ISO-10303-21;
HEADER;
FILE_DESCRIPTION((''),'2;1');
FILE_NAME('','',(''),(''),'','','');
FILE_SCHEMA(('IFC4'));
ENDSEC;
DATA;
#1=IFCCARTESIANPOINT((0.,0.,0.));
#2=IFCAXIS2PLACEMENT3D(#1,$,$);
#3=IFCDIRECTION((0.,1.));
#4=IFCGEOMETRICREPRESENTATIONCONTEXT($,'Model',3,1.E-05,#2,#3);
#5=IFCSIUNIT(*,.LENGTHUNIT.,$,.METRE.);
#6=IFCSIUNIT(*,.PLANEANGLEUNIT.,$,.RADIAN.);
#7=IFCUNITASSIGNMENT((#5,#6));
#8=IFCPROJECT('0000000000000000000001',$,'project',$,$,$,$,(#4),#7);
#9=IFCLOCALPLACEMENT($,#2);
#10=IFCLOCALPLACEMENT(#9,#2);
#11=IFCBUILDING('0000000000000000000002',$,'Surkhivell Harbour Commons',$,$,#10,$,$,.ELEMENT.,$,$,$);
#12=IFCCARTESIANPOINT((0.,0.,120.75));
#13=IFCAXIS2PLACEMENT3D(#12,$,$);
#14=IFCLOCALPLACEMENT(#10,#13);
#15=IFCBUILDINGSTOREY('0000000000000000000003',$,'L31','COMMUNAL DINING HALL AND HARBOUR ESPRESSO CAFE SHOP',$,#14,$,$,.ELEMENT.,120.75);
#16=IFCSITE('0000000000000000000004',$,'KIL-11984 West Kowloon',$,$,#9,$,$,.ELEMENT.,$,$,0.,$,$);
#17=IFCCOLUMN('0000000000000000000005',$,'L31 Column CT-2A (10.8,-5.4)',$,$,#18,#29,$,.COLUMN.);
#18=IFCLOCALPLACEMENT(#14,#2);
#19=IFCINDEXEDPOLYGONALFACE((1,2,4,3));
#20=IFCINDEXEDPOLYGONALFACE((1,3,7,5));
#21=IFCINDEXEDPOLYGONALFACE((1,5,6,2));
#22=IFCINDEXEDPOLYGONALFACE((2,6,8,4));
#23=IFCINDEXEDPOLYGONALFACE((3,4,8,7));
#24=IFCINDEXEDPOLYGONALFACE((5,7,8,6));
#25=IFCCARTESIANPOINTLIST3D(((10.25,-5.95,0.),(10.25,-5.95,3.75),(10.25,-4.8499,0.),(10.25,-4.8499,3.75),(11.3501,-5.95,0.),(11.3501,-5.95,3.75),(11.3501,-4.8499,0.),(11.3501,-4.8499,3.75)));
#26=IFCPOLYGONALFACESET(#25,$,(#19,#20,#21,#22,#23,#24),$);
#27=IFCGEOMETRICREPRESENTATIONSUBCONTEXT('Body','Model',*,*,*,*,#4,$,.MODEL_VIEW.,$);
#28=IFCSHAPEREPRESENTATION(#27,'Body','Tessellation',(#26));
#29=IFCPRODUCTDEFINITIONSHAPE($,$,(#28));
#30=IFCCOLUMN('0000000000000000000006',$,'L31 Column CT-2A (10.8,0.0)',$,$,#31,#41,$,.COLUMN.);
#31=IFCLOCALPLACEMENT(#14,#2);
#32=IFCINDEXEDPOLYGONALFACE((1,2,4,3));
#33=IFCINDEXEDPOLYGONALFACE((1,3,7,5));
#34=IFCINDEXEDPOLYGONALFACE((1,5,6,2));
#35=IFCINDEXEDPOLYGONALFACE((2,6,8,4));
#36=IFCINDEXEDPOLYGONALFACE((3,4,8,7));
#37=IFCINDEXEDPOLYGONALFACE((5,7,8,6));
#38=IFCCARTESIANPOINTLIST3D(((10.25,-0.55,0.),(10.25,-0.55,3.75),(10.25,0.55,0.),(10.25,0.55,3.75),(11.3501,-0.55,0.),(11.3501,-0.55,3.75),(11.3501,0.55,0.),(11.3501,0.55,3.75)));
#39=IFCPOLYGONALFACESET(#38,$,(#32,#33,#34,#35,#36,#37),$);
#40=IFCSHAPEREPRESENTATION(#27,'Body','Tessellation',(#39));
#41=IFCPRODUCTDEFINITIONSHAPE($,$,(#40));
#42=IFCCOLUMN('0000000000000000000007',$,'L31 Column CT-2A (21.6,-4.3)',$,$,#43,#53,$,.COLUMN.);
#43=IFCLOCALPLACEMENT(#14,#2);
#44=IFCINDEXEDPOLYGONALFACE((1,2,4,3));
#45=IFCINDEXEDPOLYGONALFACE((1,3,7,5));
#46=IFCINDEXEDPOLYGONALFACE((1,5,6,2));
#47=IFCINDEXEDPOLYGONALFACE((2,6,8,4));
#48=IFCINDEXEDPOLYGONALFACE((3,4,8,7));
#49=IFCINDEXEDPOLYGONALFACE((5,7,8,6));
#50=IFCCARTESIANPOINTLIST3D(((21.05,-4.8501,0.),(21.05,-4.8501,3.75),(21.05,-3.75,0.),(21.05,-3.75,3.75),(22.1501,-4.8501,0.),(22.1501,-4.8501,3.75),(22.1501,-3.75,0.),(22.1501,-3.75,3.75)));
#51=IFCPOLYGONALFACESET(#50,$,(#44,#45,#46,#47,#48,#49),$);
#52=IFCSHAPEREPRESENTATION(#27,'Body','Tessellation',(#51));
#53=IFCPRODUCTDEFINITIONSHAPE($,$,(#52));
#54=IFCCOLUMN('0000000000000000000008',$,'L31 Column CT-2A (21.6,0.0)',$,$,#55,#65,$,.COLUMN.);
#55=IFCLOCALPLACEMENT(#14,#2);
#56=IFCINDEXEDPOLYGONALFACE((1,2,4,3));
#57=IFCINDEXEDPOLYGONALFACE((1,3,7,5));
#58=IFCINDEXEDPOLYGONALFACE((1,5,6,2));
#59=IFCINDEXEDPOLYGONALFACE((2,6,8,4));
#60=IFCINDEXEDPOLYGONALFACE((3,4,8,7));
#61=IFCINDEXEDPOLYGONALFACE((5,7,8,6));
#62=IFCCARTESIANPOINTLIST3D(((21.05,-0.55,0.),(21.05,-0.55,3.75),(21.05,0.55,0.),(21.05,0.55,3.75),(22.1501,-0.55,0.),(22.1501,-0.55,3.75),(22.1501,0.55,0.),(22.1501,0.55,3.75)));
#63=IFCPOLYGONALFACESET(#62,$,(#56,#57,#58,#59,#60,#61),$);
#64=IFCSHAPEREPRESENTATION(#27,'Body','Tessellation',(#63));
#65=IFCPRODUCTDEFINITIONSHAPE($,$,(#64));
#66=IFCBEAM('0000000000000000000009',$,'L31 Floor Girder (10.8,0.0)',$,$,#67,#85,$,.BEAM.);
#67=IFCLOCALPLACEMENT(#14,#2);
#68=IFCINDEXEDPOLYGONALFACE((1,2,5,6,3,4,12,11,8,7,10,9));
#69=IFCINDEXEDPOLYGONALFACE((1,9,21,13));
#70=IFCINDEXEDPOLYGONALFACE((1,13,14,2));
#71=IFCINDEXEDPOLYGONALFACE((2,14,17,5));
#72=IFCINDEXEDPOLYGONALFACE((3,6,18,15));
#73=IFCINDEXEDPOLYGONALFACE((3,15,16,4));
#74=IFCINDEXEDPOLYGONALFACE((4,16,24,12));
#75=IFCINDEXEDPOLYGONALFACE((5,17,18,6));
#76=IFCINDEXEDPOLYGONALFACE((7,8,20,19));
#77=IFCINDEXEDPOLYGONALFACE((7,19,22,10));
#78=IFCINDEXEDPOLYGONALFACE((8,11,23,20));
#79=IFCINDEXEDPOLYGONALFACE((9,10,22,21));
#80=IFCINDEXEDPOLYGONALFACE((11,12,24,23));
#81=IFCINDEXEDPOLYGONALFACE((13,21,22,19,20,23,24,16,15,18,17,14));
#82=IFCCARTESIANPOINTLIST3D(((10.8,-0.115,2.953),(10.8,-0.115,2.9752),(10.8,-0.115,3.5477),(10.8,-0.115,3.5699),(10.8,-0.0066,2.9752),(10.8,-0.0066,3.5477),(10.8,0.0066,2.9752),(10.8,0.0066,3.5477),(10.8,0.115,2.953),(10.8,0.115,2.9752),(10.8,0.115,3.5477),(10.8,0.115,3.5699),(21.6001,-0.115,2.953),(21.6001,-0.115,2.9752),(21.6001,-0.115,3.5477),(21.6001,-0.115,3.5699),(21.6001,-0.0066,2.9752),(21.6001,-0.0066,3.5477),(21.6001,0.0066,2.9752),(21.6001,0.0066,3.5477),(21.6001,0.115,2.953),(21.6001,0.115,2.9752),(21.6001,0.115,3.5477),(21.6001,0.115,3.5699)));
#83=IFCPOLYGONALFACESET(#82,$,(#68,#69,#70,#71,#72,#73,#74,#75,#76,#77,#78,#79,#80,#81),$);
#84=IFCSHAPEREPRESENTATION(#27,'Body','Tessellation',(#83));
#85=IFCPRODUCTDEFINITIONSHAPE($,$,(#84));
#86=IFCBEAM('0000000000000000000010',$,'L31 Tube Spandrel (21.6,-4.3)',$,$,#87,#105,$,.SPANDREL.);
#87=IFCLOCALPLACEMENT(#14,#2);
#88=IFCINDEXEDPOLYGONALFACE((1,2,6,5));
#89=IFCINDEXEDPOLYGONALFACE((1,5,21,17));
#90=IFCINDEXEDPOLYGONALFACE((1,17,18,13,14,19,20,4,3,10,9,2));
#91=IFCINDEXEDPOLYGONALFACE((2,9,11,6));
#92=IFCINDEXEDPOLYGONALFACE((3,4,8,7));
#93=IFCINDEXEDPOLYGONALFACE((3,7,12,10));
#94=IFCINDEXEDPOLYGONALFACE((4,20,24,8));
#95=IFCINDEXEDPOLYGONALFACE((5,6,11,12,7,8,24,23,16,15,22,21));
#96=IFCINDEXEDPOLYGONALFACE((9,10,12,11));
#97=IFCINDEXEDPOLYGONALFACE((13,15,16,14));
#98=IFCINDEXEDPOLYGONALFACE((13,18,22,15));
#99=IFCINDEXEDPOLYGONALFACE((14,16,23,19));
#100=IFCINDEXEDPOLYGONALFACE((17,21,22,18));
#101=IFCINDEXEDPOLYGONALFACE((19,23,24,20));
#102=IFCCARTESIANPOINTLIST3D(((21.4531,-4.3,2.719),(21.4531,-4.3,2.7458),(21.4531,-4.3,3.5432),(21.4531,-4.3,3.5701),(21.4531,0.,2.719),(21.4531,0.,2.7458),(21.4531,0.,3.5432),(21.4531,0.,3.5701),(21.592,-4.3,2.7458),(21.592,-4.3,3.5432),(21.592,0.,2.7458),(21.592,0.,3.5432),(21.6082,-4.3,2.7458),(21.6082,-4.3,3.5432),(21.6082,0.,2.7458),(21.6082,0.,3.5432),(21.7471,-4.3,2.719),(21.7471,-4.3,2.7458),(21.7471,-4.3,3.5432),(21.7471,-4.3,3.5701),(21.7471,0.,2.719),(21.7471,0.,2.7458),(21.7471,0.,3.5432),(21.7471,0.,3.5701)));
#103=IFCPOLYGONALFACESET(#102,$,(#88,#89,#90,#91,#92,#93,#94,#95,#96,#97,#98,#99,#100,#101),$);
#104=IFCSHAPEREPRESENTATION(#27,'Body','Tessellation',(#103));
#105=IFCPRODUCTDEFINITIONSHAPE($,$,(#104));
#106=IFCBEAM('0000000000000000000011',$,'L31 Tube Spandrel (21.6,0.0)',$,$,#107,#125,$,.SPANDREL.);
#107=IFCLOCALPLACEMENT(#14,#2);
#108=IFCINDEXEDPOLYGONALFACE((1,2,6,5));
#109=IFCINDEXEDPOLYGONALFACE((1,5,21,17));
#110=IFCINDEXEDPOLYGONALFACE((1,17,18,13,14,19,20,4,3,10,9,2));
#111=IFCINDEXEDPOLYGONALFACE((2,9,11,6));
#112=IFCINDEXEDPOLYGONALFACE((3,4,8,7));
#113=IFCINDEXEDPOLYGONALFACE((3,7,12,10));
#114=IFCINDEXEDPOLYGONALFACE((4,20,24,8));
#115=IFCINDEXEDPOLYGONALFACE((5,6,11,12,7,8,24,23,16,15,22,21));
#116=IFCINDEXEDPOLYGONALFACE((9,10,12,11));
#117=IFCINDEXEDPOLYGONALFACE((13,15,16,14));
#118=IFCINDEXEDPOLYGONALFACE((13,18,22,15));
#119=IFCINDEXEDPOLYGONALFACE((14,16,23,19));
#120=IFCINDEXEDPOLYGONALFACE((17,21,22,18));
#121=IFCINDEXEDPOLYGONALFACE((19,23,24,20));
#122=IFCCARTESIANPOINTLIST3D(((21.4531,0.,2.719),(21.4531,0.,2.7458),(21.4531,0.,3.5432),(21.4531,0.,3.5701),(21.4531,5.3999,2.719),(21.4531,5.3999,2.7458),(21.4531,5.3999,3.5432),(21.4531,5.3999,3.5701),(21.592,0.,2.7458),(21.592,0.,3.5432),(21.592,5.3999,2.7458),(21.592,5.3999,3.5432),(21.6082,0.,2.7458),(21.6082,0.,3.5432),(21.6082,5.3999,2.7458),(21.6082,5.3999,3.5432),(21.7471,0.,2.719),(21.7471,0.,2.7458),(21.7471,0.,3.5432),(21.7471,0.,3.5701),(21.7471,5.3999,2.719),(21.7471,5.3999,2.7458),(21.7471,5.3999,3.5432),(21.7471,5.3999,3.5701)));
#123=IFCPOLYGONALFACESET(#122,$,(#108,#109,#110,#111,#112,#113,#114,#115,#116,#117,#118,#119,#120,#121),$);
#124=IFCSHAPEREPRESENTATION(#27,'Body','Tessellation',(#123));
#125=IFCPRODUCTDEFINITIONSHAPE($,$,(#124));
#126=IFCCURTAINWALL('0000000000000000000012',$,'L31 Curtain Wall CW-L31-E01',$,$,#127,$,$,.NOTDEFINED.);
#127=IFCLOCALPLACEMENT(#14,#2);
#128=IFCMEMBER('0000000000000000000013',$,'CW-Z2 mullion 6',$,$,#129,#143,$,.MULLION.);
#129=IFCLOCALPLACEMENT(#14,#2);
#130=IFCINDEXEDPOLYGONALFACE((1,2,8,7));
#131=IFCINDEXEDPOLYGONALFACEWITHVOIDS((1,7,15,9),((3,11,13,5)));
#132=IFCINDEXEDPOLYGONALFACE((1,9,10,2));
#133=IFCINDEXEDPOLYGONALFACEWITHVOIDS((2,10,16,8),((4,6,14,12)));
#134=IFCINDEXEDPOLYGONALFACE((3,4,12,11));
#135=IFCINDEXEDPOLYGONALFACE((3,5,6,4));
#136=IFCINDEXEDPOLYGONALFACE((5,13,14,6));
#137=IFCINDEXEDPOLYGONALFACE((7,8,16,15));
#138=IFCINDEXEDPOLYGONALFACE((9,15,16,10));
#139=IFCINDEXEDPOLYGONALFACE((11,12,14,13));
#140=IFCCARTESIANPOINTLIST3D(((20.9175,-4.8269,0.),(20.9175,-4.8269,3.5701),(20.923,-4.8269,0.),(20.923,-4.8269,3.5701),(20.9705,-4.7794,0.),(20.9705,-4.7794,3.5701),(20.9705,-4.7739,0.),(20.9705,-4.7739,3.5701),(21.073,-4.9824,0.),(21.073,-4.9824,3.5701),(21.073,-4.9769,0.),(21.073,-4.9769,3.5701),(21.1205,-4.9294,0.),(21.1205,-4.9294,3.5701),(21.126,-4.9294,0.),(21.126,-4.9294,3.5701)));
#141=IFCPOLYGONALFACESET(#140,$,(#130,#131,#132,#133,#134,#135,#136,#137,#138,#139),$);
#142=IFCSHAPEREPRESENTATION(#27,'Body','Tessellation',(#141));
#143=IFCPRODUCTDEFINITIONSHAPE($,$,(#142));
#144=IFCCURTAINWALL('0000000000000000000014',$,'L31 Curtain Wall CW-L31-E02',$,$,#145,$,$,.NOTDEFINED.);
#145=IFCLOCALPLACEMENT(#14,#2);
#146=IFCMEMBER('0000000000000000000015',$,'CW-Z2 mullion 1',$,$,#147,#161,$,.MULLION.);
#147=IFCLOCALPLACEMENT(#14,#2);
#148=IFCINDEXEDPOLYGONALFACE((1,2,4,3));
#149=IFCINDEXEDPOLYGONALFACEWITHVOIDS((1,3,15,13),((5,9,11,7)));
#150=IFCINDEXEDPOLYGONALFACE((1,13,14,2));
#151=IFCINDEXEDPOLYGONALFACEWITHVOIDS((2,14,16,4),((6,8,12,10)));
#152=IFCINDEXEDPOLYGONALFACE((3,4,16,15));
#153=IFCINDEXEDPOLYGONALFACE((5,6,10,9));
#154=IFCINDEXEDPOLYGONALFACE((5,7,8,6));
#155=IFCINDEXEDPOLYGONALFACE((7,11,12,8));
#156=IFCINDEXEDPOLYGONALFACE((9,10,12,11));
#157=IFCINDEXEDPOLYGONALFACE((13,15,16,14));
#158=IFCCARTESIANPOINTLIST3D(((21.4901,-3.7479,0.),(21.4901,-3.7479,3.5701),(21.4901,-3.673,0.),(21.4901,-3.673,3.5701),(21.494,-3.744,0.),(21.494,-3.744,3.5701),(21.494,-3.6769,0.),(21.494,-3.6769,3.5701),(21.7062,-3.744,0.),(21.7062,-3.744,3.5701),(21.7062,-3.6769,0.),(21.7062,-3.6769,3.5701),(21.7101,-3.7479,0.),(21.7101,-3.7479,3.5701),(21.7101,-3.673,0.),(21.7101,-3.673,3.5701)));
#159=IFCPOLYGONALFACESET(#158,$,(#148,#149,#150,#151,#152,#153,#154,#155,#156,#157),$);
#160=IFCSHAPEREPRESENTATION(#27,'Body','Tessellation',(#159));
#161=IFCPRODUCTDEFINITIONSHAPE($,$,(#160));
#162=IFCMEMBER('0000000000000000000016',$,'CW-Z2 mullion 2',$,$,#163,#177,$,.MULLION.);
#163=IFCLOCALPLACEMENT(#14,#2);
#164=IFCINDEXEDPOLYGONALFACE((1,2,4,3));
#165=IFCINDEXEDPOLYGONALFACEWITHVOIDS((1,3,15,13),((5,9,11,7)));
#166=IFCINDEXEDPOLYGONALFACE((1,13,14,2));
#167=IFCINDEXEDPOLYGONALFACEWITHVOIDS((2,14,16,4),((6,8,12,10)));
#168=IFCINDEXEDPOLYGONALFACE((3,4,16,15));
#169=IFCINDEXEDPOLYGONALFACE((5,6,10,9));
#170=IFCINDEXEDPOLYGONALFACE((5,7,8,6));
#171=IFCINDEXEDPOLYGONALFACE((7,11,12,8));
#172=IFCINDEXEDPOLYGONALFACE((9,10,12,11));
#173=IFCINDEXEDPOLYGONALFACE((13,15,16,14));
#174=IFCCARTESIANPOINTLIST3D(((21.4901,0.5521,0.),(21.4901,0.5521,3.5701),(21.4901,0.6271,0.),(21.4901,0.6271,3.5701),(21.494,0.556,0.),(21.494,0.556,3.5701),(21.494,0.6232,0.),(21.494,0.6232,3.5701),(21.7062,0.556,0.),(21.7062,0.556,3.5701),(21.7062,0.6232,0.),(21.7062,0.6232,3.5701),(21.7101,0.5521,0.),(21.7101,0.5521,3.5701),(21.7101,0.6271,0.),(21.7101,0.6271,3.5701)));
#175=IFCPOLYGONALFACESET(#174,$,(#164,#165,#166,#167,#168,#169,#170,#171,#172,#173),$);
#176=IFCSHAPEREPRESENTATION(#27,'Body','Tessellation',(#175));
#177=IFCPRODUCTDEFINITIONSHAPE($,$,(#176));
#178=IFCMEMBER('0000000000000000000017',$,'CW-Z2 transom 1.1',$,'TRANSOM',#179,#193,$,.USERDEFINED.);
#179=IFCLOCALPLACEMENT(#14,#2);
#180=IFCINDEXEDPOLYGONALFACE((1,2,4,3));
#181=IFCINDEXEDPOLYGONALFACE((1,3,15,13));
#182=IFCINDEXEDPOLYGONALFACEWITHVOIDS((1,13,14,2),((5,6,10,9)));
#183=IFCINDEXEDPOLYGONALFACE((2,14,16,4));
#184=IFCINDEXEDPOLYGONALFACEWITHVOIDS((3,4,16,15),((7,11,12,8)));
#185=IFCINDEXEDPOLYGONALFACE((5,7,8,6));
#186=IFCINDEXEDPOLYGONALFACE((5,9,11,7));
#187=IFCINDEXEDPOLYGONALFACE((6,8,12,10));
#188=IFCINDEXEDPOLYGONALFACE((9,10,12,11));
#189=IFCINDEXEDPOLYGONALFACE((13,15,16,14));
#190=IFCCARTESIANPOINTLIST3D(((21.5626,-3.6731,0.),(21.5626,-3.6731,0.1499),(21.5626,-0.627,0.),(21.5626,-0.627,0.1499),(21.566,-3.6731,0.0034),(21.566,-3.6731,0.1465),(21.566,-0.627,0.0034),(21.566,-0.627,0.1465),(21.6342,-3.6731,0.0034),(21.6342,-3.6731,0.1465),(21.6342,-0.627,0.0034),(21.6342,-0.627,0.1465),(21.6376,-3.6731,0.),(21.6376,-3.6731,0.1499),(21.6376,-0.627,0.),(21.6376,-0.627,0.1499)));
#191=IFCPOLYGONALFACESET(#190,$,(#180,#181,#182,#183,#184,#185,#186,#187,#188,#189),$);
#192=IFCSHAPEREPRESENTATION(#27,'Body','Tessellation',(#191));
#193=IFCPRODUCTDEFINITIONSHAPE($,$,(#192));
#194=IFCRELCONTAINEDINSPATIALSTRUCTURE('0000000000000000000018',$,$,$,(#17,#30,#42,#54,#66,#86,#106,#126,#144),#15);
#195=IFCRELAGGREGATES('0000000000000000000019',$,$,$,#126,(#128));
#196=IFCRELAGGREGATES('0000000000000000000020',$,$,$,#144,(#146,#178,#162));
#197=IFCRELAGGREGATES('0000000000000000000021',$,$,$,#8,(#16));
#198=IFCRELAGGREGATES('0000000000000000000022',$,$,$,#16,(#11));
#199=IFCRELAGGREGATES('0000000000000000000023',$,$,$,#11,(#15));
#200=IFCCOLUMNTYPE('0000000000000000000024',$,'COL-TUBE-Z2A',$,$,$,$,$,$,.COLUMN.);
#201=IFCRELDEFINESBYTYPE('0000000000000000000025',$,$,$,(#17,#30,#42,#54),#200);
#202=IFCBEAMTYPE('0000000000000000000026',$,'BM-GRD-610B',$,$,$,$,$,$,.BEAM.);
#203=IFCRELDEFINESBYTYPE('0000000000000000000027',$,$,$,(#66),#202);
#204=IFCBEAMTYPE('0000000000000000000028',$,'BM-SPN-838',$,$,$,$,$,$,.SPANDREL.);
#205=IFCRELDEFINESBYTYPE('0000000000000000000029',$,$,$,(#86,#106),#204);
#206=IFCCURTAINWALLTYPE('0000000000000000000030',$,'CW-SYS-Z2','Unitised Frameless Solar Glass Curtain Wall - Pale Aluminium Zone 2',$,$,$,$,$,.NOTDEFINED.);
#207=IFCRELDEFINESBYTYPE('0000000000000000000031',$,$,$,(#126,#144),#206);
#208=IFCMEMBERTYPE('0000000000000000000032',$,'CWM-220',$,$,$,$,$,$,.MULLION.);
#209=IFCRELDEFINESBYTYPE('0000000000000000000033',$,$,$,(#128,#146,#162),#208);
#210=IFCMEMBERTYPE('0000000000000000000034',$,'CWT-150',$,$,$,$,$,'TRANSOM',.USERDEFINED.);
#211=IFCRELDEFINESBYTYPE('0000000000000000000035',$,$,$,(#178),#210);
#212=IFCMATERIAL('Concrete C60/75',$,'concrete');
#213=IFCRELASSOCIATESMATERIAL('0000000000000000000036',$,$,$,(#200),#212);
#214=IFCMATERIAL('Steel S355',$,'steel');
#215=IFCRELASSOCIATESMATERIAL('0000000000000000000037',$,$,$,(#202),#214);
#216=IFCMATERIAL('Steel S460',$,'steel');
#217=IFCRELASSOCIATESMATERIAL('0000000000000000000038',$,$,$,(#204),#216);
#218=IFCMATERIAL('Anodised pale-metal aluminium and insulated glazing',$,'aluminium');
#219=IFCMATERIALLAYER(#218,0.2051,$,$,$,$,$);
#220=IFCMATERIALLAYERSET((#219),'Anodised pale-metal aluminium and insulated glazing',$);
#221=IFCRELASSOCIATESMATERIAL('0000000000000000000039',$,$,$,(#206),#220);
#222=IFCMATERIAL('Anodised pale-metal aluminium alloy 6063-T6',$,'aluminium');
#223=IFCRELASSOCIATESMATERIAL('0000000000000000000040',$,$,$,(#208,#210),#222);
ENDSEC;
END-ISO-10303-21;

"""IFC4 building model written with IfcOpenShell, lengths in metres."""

from ifc_helpers import new_model, si_unit, direction, frame, origin, origin_2d, place, context, subcontext, project, spatial, rectangle, hollow_rectangle, i_section, extrude, material, layer, layer_set, material_profile, profile_set, type_object, element, aggregate, save


model = new_model("IFC4")

# Units and contexts
model_context = context("Model", 3, precision=1e-05, world=origin(), true_north=direction((0.0, 1.0)))
body_context = subcontext(model_context, "Body", "Model", "MODEL_VIEW")
ifc_project = project(units=[si_unit("LENGTHUNIT", "METRE"), si_unit("PLANEANGLEUNIT", "RADIAN")], contexts=[model_context])

# Site, building, storey
site_placement = place(None, origin())
site = spatial("IfcSite", under=ifc_project, at=site_placement, Name="KIL-11984 West Kowloon", CompositionType="ELEMENT", RefElevation=0.0)
building_placement = place(site_placement, origin())
building = spatial("IfcBuilding", under=site, at=building_placement, Name="Surkhivell Harbour Commons", CompositionType="ELEMENT")
storey_placement = place(building_placement, frame((0.0, 0.0, 120.75)))
storey = spatial("IfcBuildingStorey", under=building, at=storey_placement, Name="L31", Description="COMMUNAL DINING HALL AND HARBOUR ESPRESSO CAFE SHOP", CompositionType="ELEMENT", Elevation=120.75)

# Columns
ifc_material_1 = material(Name="Concrete C60/75", Category="concrete")
ifc_material_profile_1 = material_profile(ifc_material_1, rectangle(XDim=1.1001, YDim=1.1001, at=origin_2d()), Name="RC-COL-1100x1100")
ifc_profile_set_1 = profile_set([ifc_material_profile_1], Name="Concrete C60/75")
column_type = type_object("IfcColumnType", Name="COL-TUBE-Z2A", PredefinedType="COLUMN", material=ifc_profile_set_1)
for number, where, z_axis, x_axis, name in (
    (1, (10.8, -5.3999, 0.0), (0.0, 0.0, 1.0), (1.0, 0.0, 0.0), "L31 Column CT-2A (10.8,-5.4)"),
    (2, (10.8, 0.0, 0.0), (0.0, 0.0, 1.0), (1.0, 0.0, 0.0), "L31 Column CT-2A (10.8,0.0)"),
    (3, (21.6001, -4.3, 0.0), (0.0, 0.0, 1.0), (1.0, 0.0, 0.0), "L31 Column CT-2A (21.6,-4.3)"),
    (4, (21.6001, 0.0, 0.0), (0.0, 0.0, 1.0), (1.0, 0.0, 0.0), "L31 Column CT-2A (21.6,0.0)"),
):
    element("IfcColumn", number, at=place(storey_placement, frame(where, z_axis=z_axis, x_axis=x_axis)), inside=storey, type_object=column_type, Name=name, PredefinedType="COLUMN", context=body_context, shape_type="SweptSolid", body=[
        extrude(rectangle(XDim=1.1001, YDim=1.1001, at=origin_2d()), origin(), (0.0, 0.0, 1.0), 3.75),
    ])

# Beams
ifc_material_2 = material(Name="Steel S355", Category="steel")
ifc_material_profile_2 = material_profile(ifc_material_2, i_section(OverallWidth=0.23, OverallDepth=0.6169, WebThickness=0.0132, FlangeThickness=0.0222, at=origin_2d()), Name="UB610x229x140")
ifc_profile_set_2 = profile_set([ifc_material_profile_2], Name="Steel S355")
beam_type_1 = type_object("IfcBeamType", Name="BM-GRD-610B", PredefinedType="BEAM", material=ifc_profile_set_2)
beam_1_placement = place(storey_placement, frame((10.8, 0.0, 3.2615), z_axis=(1.0, 0.0, 0.0), x_axis=(0.0, 1.0, 0.0)))
element("IfcBeam", 5, at=beam_1_placement, inside=storey, type_object=beam_type_1, Name="L31 Floor Girder (10.8,0.0)", PredefinedType="BEAM", context=body_context, shape_type="SweptSolid", body=[
    extrude(i_section(OverallWidth=0.23, OverallDepth=0.6169, WebThickness=0.0132, FlangeThickness=0.0222, at=origin_2d()), origin(), (0.0, 0.0, 1.0), 10.8),
])
ifc_material_3 = material(Name="Steel S460", Category="steel")
ifc_material_profile_3 = material_profile(ifc_material_3, i_section(OverallWidth=0.2939, OverallDepth=0.8511, WebThickness=0.0161, FlangeThickness=0.0269, at=origin_2d()), Name="UB838x292x226")
ifc_profile_set_3 = profile_set([ifc_material_profile_3], Name="Steel S460")
beam_type_2 = type_object("IfcBeamType", Name="BM-SPN-838", PredefinedType="SPANDREL", material=ifc_profile_set_3)
beam_2_placement = place(storey_placement, frame((21.6001, -4.3, 3.1445), z_axis=(0.0, 1.0, 0.0), x_axis=(-1.0, 0.0, 0.0)))
element("IfcBeam", 6, at=beam_2_placement, inside=storey, type_object=beam_type_2, Name="L31 Tube Spandrel (21.6,-4.3)", PredefinedType="SPANDREL", context=body_context, shape_type="SweptSolid", body=[
    extrude(i_section(OverallWidth=0.2939, OverallDepth=0.8511, WebThickness=0.0161, FlangeThickness=0.0269, at=origin_2d()), origin(), (0.0, 0.0, 1.0), 4.3),
])
beam_3_placement = place(storey_placement, frame((21.6001, 0.0, 3.1445), z_axis=(0.0, 1.0, 0.0), x_axis=(-1.0, 0.0, 0.0)))
element("IfcBeam", 7, at=beam_3_placement, inside=storey, type_object=beam_type_2, Name="L31 Tube Spandrel (21.6,0.0)", PredefinedType="SPANDREL", context=body_context, shape_type="SweptSolid", body=[
    extrude(i_section(OverallWidth=0.2939, OverallDepth=0.8511, WebThickness=0.0161, FlangeThickness=0.0269, at=origin_2d()), origin(), (0.0, 0.0, 1.0), 5.3999),
])

# Curtain wall, member
ifc_material_4 = material(Name="Anodised pale-metal aluminium and insulated glazing", Category="aluminium")
ifc_layer_1 = layer(ifc_material_4, 0.2051)
ifc_layer_set_1 = layer_set([ifc_layer_1], Name="Anodised pale-metal aluminium and insulated glazing")
curtain_wall_type = type_object("IfcCurtainWallType", Name="CW-SYS-Z2", Description="Unitised Frameless Solar Glass Curtain Wall - Pale Aluminium Zone 2", PredefinedType="NOTDEFINED", material=ifc_layer_set_1)
curtain_wall_1_placement = place(storey_placement, origin())
curtain_wall_1 = element("IfcCurtainWall", 8, at=curtain_wall_1_placement, inside=storey, type_object=curtain_wall_type, Name="L31 Curtain Wall CW-L31-E01", PredefinedType="NOTDEFINED")
ifc_material_5 = material(Name="Anodised pale-metal aluminium alloy 6063-T6", Category="aluminium")
ifc_material_profile_4 = material_profile(ifc_material_5, hollow_rectangle(XDim=0.075, YDim=0.22, WallThickness=0.0039, at=origin_2d()), Name="ALU-MULL-75x220")
ifc_profile_set_4 = profile_set([ifc_material_profile_4], Name="Anodised pale-metal aluminium alloy 6063-T6")
member_type_1 = type_object("IfcMemberType", Name="CWM-220", PredefinedType="MULLION", material=ifc_profile_set_4)
member_1_placement = place(storey_placement, frame((21.0217, -4.8782, 0.0), z_axis=(0.0, 0.0, 1.0), x_axis=(0.707107, 0.707107, 0.0)))
member_1 = element("IfcMember", 9, at=member_1_placement, type_object=member_type_1, Name="CW-Z2 mullion 6", PredefinedType="MULLION", context=body_context, shape_type="SweptSolid", body=[
    extrude(hollow_rectangle(XDim=0.075, YDim=0.22, WallThickness=0.0039, at=origin_2d()), origin(), (0.0, 0.0, 1.0), 3.5701),
])
aggregate(curtain_wall_1, [member_1])

# Curtain wall, members
curtain_wall_2_placement = place(storey_placement, origin())
curtain_wall_2 = element("IfcCurtainWall", 10, at=curtain_wall_2_placement, inside=storey, type_object=curtain_wall_type, Name="L31 Curtain Wall CW-L31-E02", PredefinedType="NOTDEFINED")
member_2_placement = place(storey_placement, frame((21.6001, -3.7104, 0.0), z_axis=(0.0, 0.0, 1.0), x_axis=(0.0, 1.0, 0.0)))
member_2 = element("IfcMember", 11, at=member_2_placement, type_object=member_type_1, Name="CW-Z2 mullion 1", PredefinedType="MULLION", context=body_context, shape_type="SweptSolid", body=[
    extrude(hollow_rectangle(XDim=0.075, YDim=0.22, WallThickness=0.0039, at=origin_2d()), origin(), (0.0, 0.0, 1.0), 3.5701),
])
member_3_placement = place(storey_placement, frame((21.6001, 0.5896, 0.0), z_axis=(0.0, 0.0, 1.0), x_axis=(0.0, 1.0, 0.0)))
member_3 = element("IfcMember", 12, at=member_3_placement, type_object=member_type_1, Name="CW-Z2 mullion 2", PredefinedType="MULLION", context=body_context, shape_type="SweptSolid", body=[
    extrude(hollow_rectangle(XDim=0.075, YDim=0.22, WallThickness=0.0039, at=origin_2d()), origin(), (0.0, 0.0, 1.0), 3.5701),
])
ifc_material_profile_5 = material_profile(ifc_material_5, hollow_rectangle(XDim=0.075, YDim=0.1499, WallThickness=0.0034, at=origin_2d()), Name="ALU-TRAN-75x150")
ifc_profile_set_5 = profile_set([ifc_material_profile_5], Name="Anodised pale-metal aluminium alloy 6063-T6")
member_type_2 = type_object("IfcMemberType", Name="CWT-150", ElementType="TRANSOM", PredefinedType="USERDEFINED", material=ifc_profile_set_5)
member_4_placement = place(storey_placement, frame((21.6001, -3.6731, 0.075), z_axis=(0.0, 1.0, 0.0), x_axis=(-1.0, 0.0, 0.0)))
member_4 = element("IfcMember", 13, at=member_4_placement, type_object=member_type_2, Name="CW-Z2 transom 1.1", ObjectType="TRANSOM", PredefinedType="USERDEFINED", context=body_context, shape_type="SweptSolid", body=[
    extrude(hollow_rectangle(XDim=0.075, YDim=0.1499, WallThickness=0.0034, at=origin_2d()), origin(), (0.0, 0.0, 1.0), 3.0461),
])
aggregate(curtain_wall_2, [member_2, member_4, member_3])

save(model, "model.ifc")
